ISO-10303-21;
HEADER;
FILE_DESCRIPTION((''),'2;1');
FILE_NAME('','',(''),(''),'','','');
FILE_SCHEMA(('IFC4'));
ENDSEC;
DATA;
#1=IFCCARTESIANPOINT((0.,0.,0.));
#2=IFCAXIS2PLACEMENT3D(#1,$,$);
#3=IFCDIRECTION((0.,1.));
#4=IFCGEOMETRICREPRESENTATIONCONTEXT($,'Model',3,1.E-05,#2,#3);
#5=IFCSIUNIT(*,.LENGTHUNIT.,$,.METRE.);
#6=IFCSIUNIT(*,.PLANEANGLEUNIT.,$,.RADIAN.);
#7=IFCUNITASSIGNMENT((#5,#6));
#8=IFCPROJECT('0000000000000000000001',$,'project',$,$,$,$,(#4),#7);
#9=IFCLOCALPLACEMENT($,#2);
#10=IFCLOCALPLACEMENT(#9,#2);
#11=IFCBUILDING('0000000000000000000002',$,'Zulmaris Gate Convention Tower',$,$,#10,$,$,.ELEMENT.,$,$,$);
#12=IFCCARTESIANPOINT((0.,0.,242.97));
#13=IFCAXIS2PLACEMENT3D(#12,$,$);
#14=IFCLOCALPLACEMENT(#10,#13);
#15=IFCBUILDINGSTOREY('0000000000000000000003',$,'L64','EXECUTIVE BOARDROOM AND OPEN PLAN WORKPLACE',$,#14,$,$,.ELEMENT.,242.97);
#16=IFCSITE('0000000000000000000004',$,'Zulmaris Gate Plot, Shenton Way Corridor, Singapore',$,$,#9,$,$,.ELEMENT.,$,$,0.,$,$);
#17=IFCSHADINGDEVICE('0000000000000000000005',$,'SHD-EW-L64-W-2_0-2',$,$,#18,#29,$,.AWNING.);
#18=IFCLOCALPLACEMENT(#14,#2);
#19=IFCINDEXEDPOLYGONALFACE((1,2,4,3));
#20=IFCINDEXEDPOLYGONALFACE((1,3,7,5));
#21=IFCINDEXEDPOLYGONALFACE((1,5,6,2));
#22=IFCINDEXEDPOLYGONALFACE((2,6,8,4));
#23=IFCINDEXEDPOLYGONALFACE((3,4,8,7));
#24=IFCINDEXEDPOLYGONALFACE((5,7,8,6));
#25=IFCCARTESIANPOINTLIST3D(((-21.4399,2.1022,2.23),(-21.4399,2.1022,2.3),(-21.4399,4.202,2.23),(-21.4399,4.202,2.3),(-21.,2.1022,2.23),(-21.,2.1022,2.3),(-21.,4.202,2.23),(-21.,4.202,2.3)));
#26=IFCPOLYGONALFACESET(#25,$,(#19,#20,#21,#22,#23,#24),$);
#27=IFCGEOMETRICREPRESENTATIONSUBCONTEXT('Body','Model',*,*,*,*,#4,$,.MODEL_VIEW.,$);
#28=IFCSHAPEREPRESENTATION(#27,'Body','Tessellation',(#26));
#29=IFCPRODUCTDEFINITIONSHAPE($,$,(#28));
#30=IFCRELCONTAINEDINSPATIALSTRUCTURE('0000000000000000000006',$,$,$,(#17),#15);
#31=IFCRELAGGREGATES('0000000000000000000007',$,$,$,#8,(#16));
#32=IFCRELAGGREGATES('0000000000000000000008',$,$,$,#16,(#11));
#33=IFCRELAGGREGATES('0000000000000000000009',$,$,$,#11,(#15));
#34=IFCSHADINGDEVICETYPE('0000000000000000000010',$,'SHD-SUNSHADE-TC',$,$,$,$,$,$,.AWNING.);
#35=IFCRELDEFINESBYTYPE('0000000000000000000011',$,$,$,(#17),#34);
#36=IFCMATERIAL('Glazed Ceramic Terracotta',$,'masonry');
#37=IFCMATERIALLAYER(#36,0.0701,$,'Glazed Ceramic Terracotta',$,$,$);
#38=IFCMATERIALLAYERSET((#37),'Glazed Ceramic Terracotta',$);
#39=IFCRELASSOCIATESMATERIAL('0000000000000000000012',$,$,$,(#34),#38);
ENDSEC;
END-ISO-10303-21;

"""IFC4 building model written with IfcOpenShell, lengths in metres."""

from ifc_helpers import new_model, si_unit, direction, frame, frame_2d, origin, place, context, subcontext, project, spatial, rectangle, extrude, material, layer, layer_set, type_object, element, save


model = new_model("IFC4")

# Units and contexts
model_context = context("Model", 3, precision=1e-05, world=origin(), true_north=direction((0.0, 1.0)))
body_context = subcontext(model_context, "Body", "Model", "MODEL_VIEW")
ifc_project = project(units=[si_unit("LENGTHUNIT", "METRE"), si_unit("PLANEANGLEUNIT", "RADIAN")], contexts=[model_context])

# Site, building, storey
site_placement = place(None, origin())
site = spatial("IfcSite", under=ifc_project, at=site_placement, Name="Zulmaris Gate Plot, Shenton Way Corridor, Singapore", CompositionType="ELEMENT", RefElevation=0.0)
building_placement = place(site_placement, origin())
building = spatial("IfcBuilding", under=site, at=building_placement, Name="Zulmaris Gate Convention Tower", CompositionType="ELEMENT")
storey_placement = place(building_placement, frame((0.0, 0.0, 242.97)))
storey = spatial("IfcBuildingStorey", under=building, at=storey_placement, Name="L64", Description="EXECUTIVE BOARDROOM AND OPEN PLAN WORKPLACE", CompositionType="ELEMENT", Elevation=242.97)

# Shading device
ifc_material_1 = material(Name="Glazed Ceramic Terracotta", Category="masonry")
ifc_layer_1 = layer(ifc_material_1, 0.0701, Name="Glazed Ceramic Terracotta")
ifc_layer_set_1 = layer_set([ifc_layer_1], Name="Glazed Ceramic Terracotta")
shading_device_type = type_object("IfcShadingDeviceType", Name="SHD-SUNSHADE-TC", PredefinedType="AWNING", material=ifc_layer_set_1)
for number, where, z_axis, x_axis, name in (
    (1, (-21.22, 4.2019, 2.23), (0.0, 0.0, 1.0), (0.0, -1.0, 0.0), "SHD-EW-L64-W-2_0-2"),
):
    element("IfcShadingDevice", number, at=place(storey_placement, frame(where, z_axis=z_axis, x_axis=x_axis)), inside=storey, type_object=shading_device_type, Name=name, PredefinedType="AWNING", context=body_context, shape_type="SweptSolid", body=[
        extrude(rectangle(XDim=2.0999, YDim=0.4399, at=frame_2d((1.0498, 0.0))), origin(), (0.0, 0.0, 1.0), 0.0701),
    ])

save(model, "model.ifc")
